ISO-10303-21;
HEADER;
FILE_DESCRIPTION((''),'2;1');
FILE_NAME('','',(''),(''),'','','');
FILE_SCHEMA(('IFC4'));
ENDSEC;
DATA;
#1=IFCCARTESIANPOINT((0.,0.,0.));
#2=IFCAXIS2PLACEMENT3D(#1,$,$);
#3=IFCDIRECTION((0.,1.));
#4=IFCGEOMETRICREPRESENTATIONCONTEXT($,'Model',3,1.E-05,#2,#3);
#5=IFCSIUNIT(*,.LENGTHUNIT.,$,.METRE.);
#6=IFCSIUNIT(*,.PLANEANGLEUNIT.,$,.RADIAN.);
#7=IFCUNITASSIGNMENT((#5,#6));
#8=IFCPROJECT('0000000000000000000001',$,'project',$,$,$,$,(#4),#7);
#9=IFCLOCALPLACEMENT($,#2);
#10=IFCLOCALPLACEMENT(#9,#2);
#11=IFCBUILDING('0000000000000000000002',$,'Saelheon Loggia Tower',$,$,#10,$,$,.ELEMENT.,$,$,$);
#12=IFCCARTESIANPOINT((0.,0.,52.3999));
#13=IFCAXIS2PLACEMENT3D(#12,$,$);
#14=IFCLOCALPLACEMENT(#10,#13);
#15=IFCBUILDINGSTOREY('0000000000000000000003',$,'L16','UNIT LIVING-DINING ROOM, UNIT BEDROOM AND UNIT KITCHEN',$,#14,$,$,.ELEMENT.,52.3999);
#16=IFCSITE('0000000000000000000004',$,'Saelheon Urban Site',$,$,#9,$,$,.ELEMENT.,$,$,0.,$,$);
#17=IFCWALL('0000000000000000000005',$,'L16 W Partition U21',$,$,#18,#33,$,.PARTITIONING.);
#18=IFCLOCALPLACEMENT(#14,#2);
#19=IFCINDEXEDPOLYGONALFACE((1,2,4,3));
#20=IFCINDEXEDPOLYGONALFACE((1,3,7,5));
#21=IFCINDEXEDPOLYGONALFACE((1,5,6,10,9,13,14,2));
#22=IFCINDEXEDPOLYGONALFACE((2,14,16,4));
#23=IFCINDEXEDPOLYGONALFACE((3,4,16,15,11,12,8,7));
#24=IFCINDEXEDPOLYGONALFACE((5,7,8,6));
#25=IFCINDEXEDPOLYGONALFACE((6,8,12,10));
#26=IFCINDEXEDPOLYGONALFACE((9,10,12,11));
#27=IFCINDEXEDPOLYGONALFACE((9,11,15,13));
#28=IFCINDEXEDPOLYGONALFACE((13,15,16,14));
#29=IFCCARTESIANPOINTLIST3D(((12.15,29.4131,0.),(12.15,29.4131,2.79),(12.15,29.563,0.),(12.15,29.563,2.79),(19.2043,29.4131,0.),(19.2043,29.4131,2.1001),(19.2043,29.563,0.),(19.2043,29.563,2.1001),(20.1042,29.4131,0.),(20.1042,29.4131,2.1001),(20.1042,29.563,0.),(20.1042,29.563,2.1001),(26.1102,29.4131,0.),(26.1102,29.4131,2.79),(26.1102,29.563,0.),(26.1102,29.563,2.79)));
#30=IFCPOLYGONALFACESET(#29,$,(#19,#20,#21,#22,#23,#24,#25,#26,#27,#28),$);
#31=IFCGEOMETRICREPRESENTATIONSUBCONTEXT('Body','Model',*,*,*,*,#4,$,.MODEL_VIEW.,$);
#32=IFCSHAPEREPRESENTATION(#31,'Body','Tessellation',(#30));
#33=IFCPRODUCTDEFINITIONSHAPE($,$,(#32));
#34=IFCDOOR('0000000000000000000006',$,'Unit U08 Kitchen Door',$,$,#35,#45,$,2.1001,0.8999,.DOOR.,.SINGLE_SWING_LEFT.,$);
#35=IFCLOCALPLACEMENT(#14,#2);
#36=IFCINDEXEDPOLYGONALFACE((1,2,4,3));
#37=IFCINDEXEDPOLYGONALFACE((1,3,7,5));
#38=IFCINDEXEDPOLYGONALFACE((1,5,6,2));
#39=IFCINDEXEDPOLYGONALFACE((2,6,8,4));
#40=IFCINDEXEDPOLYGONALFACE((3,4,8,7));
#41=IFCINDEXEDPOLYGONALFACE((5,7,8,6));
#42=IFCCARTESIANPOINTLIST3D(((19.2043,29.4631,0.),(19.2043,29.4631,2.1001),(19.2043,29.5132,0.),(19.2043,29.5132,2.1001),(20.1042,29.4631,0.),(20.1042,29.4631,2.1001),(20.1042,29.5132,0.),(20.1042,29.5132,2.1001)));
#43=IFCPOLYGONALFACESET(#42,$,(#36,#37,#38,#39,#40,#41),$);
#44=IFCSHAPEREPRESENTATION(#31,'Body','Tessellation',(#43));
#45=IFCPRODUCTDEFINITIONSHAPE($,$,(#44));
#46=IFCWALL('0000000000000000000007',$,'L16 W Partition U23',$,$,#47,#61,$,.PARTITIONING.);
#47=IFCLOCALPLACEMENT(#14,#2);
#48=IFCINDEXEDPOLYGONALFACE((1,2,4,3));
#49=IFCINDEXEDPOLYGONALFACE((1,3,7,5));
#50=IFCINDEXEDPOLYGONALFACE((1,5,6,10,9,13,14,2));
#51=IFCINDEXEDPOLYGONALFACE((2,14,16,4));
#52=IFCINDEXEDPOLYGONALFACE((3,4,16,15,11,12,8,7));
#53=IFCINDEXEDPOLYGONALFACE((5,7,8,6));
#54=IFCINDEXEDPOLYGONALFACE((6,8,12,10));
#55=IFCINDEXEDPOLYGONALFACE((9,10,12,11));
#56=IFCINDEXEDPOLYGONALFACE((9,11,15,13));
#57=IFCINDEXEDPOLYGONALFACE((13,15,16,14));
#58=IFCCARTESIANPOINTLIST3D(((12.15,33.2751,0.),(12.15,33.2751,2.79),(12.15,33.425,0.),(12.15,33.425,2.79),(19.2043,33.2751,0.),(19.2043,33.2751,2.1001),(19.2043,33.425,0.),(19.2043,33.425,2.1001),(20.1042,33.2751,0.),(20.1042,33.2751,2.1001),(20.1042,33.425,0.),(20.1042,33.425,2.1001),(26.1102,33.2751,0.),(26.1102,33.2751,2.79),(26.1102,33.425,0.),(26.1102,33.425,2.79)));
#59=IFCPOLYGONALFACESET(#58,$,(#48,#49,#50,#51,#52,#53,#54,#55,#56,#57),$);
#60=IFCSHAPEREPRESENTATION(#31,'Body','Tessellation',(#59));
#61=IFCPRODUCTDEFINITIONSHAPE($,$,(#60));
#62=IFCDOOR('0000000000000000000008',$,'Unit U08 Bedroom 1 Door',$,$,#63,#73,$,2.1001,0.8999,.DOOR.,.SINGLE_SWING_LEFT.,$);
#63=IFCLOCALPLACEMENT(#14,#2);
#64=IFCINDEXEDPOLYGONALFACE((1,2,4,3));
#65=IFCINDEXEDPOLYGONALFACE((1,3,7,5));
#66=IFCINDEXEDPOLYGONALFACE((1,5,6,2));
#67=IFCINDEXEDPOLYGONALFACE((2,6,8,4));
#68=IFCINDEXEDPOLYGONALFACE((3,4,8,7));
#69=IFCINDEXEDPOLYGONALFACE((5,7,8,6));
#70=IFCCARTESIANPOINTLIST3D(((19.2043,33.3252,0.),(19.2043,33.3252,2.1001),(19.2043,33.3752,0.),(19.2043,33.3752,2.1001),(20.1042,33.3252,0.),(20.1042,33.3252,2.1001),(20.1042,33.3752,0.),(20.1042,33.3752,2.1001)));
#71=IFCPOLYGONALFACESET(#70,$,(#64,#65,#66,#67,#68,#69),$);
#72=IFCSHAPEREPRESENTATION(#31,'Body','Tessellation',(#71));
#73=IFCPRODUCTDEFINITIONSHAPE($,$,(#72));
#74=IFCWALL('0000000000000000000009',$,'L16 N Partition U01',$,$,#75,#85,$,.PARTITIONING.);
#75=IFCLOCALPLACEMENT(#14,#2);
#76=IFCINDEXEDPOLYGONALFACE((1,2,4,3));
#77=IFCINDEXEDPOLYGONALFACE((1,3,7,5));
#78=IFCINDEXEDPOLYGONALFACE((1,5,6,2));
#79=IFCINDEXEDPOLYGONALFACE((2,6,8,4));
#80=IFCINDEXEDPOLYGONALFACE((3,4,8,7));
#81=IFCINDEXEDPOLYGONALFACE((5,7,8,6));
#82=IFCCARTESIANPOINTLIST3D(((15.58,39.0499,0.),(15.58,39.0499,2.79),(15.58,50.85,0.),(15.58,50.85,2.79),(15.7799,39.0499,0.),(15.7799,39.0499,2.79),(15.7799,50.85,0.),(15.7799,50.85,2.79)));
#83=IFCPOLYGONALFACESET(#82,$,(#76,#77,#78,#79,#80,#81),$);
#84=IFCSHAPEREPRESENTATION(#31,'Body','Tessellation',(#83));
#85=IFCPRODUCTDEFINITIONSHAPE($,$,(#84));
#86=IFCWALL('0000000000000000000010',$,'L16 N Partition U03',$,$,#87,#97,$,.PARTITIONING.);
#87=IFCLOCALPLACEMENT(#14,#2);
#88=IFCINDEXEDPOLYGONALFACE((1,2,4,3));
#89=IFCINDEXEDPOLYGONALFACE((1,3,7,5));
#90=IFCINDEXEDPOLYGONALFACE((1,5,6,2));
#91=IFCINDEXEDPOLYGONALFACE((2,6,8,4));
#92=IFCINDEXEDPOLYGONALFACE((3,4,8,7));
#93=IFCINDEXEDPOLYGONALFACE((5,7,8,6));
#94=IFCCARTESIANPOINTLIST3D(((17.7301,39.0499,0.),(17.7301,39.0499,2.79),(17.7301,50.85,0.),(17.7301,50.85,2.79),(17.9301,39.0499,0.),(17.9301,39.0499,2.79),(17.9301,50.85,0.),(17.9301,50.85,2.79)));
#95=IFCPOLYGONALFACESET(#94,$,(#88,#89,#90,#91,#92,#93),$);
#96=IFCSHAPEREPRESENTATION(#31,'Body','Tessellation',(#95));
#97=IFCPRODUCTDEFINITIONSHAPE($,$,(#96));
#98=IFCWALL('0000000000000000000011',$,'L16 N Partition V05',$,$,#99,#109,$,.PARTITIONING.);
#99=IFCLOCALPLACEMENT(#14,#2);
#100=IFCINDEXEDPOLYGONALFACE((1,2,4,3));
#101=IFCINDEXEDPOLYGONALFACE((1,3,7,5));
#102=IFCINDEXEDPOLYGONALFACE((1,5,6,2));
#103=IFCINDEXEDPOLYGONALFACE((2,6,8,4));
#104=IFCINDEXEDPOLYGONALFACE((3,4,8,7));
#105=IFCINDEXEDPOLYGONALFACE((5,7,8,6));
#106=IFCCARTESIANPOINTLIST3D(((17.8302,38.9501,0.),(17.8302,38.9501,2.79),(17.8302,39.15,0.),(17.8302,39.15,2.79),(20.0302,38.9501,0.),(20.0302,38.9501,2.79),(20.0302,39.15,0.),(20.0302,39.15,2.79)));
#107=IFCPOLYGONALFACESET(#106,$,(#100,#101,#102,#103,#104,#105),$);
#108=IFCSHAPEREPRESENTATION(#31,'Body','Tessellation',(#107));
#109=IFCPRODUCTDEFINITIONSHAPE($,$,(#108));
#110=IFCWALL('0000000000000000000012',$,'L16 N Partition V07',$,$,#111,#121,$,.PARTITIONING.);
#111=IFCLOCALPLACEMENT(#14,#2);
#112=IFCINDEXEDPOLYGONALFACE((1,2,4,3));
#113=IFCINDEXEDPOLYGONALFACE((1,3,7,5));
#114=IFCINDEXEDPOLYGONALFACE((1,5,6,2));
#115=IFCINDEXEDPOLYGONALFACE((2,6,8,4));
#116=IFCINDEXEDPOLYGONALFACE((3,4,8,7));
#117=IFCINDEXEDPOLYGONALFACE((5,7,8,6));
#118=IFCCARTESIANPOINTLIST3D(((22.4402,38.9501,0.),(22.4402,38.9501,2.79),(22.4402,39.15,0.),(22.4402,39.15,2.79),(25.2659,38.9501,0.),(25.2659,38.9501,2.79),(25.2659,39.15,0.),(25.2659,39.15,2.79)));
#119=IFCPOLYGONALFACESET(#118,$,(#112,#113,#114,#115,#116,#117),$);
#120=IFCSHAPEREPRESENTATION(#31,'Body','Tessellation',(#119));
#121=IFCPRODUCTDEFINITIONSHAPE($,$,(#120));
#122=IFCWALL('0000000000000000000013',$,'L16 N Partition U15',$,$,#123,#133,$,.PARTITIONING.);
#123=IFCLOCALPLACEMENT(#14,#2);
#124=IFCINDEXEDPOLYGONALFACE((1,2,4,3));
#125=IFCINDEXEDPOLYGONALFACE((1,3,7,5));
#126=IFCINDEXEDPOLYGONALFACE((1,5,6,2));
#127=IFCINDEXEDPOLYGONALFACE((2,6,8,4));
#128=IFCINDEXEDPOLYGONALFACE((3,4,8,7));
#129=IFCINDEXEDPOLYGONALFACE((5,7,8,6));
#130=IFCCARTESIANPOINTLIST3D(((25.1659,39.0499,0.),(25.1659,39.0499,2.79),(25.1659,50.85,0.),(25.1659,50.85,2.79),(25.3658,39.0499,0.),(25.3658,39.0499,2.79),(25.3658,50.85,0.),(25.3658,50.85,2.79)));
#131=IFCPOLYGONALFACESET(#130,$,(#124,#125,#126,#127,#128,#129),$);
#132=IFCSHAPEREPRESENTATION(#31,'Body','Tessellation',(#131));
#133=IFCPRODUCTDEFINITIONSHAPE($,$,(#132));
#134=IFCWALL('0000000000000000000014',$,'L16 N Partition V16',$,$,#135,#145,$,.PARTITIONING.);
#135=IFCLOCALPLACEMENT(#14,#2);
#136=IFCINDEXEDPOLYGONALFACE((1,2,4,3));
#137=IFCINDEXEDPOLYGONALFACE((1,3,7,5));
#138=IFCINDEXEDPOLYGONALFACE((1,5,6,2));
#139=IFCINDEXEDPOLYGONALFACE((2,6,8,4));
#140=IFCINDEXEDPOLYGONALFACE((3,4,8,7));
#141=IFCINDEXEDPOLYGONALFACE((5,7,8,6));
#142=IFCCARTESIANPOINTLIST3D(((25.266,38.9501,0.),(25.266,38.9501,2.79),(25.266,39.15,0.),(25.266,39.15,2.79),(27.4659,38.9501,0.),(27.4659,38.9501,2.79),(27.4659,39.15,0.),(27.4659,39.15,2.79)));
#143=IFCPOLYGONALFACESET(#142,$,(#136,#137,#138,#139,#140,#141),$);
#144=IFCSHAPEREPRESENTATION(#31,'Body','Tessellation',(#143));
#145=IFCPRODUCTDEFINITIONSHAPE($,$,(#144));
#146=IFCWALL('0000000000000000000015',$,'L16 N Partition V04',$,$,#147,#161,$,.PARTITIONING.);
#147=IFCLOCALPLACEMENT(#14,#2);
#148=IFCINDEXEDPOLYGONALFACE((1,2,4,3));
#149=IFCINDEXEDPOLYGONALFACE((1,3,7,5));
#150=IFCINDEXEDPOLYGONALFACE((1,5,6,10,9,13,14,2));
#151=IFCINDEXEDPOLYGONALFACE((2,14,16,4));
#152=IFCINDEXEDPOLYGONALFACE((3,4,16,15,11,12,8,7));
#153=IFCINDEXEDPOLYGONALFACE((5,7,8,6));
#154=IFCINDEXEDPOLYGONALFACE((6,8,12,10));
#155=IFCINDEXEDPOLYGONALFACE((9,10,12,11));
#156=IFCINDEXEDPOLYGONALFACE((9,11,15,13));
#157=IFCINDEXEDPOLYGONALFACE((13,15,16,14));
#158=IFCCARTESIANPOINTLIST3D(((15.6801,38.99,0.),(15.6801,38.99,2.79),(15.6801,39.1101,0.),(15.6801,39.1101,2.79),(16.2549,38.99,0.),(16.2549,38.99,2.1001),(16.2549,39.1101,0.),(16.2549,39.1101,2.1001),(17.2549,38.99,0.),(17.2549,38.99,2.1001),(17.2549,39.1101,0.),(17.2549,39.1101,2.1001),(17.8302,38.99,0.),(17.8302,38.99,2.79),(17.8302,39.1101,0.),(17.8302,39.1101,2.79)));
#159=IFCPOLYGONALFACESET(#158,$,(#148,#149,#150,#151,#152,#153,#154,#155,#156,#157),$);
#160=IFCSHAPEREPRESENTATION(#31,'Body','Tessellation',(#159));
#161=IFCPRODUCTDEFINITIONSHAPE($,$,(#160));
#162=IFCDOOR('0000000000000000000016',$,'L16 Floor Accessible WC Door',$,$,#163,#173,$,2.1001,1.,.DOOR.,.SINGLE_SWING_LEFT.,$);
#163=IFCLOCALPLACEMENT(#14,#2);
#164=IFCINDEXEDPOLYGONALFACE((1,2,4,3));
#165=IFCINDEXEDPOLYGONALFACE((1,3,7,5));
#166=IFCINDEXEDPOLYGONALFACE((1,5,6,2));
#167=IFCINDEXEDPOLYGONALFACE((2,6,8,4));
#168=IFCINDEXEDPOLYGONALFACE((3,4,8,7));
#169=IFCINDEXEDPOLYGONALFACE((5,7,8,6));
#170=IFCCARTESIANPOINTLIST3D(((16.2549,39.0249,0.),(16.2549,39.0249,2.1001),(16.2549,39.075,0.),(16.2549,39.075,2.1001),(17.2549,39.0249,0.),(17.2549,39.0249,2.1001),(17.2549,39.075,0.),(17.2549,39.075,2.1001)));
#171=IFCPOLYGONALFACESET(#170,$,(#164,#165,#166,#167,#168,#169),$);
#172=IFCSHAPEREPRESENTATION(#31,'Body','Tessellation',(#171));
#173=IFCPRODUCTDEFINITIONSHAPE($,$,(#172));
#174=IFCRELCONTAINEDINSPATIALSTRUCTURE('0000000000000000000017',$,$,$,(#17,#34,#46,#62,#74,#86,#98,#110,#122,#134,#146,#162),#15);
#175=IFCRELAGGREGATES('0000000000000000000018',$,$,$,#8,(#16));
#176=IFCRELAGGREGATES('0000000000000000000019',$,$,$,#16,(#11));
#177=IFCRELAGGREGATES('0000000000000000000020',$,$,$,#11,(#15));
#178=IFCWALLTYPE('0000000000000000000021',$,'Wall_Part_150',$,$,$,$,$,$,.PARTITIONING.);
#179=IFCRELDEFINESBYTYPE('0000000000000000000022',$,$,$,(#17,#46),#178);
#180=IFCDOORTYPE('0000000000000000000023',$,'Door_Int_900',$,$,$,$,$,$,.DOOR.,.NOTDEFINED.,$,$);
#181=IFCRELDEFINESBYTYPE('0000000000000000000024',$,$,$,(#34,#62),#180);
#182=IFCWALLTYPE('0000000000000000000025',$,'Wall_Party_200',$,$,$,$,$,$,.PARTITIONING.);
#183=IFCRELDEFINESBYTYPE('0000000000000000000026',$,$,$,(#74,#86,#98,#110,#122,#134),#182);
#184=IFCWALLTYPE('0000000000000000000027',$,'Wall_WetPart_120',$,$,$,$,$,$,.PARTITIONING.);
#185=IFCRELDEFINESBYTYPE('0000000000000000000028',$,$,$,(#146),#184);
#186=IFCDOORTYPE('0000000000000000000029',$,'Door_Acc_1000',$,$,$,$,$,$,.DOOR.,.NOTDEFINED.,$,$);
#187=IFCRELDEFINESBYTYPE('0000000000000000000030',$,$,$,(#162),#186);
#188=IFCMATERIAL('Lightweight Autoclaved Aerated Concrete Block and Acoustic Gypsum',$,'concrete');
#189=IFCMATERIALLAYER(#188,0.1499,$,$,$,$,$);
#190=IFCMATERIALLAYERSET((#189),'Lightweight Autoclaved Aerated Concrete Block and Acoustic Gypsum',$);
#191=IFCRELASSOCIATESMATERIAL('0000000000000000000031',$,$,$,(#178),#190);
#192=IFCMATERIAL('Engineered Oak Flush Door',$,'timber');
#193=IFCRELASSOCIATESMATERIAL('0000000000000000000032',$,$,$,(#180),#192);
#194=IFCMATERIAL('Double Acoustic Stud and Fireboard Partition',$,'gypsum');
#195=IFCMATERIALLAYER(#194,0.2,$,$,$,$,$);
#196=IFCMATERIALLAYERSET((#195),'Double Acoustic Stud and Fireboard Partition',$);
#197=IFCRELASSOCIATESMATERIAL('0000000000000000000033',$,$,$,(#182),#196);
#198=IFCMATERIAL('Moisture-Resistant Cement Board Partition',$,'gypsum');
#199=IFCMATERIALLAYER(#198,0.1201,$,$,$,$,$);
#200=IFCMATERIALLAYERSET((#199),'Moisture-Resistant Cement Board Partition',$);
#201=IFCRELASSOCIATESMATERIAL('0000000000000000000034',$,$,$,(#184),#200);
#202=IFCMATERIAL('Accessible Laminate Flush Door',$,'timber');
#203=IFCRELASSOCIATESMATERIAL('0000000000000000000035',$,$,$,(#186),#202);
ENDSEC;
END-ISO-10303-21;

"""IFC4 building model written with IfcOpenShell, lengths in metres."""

from ifc_helpers import new_model, si_unit, direction, frame, frame_2d, origin, place, context, subcontext, project, spatial, rectangle, extrude, source, transform, mapped, material, layer, layer_set, type_object, element, fill, save


model = new_model("IFC4")

# Units and contexts
model_context = context("Model", 3, precision=1e-05, world=origin(), true_north=direction((0.0, 1.0)))
body_context = subcontext(model_context, "Body", "Model", "MODEL_VIEW")
ifc_project = project(units=[si_unit("LENGTHUNIT", "METRE"), si_unit("PLANEANGLEUNIT", "RADIAN")], contexts=[model_context])

# Site, building, storey
site_placement = place(None, origin())
site = spatial("IfcSite", under=ifc_project, at=site_placement, Name="Saelheon Urban Site", CompositionType="ELEMENT", RefElevation=0.0)
building_placement = place(site_placement, origin())
building = spatial("IfcBuilding", under=site, at=building_placement, Name="Saelheon Loggia Tower", CompositionType="ELEMENT")
storey_placement = place(building_placement, frame((0.0, 0.0, 52.3999)))
storey = spatial("IfcBuildingStorey", under=building, at=storey_placement, Name="L16", Description="UNIT LIVING-DINING ROOM, UNIT BEDROOM AND UNIT KITCHEN", CompositionType="ELEMENT", Elevation=52.3999)

# Shared definitions
ifc_material_1 = material(Name="Lightweight Autoclaved Aerated Concrete Block and Acoustic Gypsum", Category="concrete")
ifc_layer_1 = layer(ifc_material_1, 0.1499)
ifc_layer_set_1 = layer_set([ifc_layer_1], Name="Lightweight Autoclaved Aerated Concrete Block and Acoustic Gypsum")
wall_type_1 = type_object("IfcWallType", Name="Wall_Part_150", PredefinedType="PARTITIONING", material=ifc_layer_set_1)
ifc_material_2 = material(Name="Engineered Oak Flush Door", Category="timber")
door_type_1 = type_object("IfcDoorType", Name="Door_Int_900", OperationType="NOTDEFINED", PredefinedType="DOOR", material=ifc_material_2)
shared_shape_1 = source(origin(), body_context, "Body", "SweptSolid", [
    extrude(rectangle(XDim=0.8999, YDim=2.1001, at=frame_2d((0.45, 1.05))), frame((0.0, 0.0249, 0.0), z_axis=(0.0, -1.0, 0.0), x_axis=(1.0, 0.0, 0.0)), (0.0, 0.0, 1.0), 0.05),
])

# Walls, openings, doors
wall_1_placement = place(storey_placement, frame((26.1101, 29.488, 0.0), z_axis=(0.0, 0.0, 1.0), x_axis=(-1.0, 0.0, 0.0)))
wall_1 = element("IfcWall", 1, at=wall_1_placement, inside=storey, type_object=wall_type_1, Name="L16 W Partition U21", PredefinedType="PARTITIONING", context=body_context, shape_type="SweptSolid", body=[
    extrude(rectangle(XDim=13.9602, YDim=0.1499, at=frame_2d((6.98, 0.0))), origin(), (0.0, 0.0, 1.0), 2.79),
])
opening_1_placement = place(wall_1_placement, frame((6.0059, 0.0, 0.0)))
opening_1 = element("IfcOpeningElement", 2, at=opening_1_placement, cuts=wall_1, PredefinedType="OPENING", context=body_context, shape_type="SweptSolid", body=[
    extrude(rectangle(XDim=0.8999, YDim=2.1001, at=frame_2d((0.45, 1.05))), frame((0.0, 0.0869, 0.0), z_axis=(0.0, -1.0, 0.0), x_axis=(1.0, 0.0, 0.0)), (0.0, 0.0, 1.0), 0.1738),
])
door_1_placement = place(opening_1_placement, origin())
door_1 = element("IfcDoor", 3, at=door_1_placement, inside=storey, type_object=door_type_1, Name="Unit U08 Kitchen Door", OperationType="SINGLE_SWING_LEFT", OverallHeight=2.1001, OverallWidth=0.8999, PredefinedType="DOOR", context=body_context, shape_type="MappedRepresentation", body=[
    mapped(shared_shape_1, transform((0.0, 0.0, 0.0), scale=1.0)),
])
fill(opening_1, door_1)
wall_2_placement = place(storey_placement, frame((26.1101, 33.3501, 0.0), z_axis=(0.0, 0.0, 1.0), x_axis=(-1.0, 0.0, 0.0)))
wall_2 = element("IfcWall", 4, at=wall_2_placement, inside=storey, type_object=wall_type_1, Name="L16 W Partition U23", PredefinedType="PARTITIONING", context=body_context, shape_type="SweptSolid", body=[
    extrude(rectangle(XDim=13.9602, YDim=0.1499, at=frame_2d((6.98, 0.0))), origin(), (0.0, 0.0, 1.0), 2.79),
])
opening_2_placement = place(wall_2_placement, frame((6.0059, 0.0, 0.0)))
opening_2 = element("IfcOpeningElement", 5, at=opening_2_placement, cuts=wall_2, PredefinedType="OPENING", context=body_context, shape_type="SweptSolid", body=[
    extrude(rectangle(XDim=0.8999, YDim=2.1001, at=frame_2d((0.45, 1.05))), frame((0.0, 0.0869, 0.0), z_axis=(0.0, -1.0, 0.0), x_axis=(1.0, 0.0, 0.0)), (0.0, 0.0, 1.0), 0.1738),
])
door_2_placement = place(opening_2_placement, origin())
door_2 = element("IfcDoor", 6, at=door_2_placement, inside=storey, type_object=door_type_1, Name="Unit U08 Bedroom 1 Door", OperationType="SINGLE_SWING_LEFT", OverallHeight=2.1001, OverallWidth=0.8999, PredefinedType="DOOR", context=body_context, shape_type="MappedRepresentation", body=[
    mapped(shared_shape_1, transform((0.0, 0.0, 0.0), scale=1.0)),
])
fill(opening_2, door_2)

# Walls
ifc_material_3 = material(Name="Double Acoustic Stud and Fireboard Partition", Category="gypsum")
ifc_layer_2 = layer(ifc_material_3, 0.2)
ifc_layer_set_2 = layer_set([ifc_layer_2], Name="Double Acoustic Stud and Fireboard Partition")
wall_type_2 = type_object("IfcWallType", Name="Wall_Party_200", PredefinedType="PARTITIONING", material=ifc_layer_set_2)
for number, where, z_axis, x_axis, name in (
    (7, (15.6799, 39.05, 0.0), (0.0, 0.0, 1.0), (0.0, 1.0, 0.0), "L16 N Partition U01"),
    (8, (17.8301, 39.05, 0.0), (0.0, 0.0, 1.0), (0.0, 1.0, 0.0), "L16 N Partition U03"),
):
    element("IfcWall", number, at=place(storey_placement, frame(where, z_axis=z_axis, x_axis=x_axis)), inside=storey, type_object=wall_type_2, Name=name, PredefinedType="PARTITIONING", context=body_context, shape_type="SweptSolid", body=[
        extrude(rectangle(XDim=11.8, YDim=0.2, at=frame_2d((5.8999, 0.0))), origin(), (0.0, 0.0, 1.0), 2.79),
    ])
wall_3_placement = place(storey_placement, frame((17.8301, 39.05, 0.0), z_axis=(0.0, 0.0, 1.0), x_axis=(1.0, 0.0, 0.0)))
element("IfcWall", 9, at=wall_3_placement, inside=storey, type_object=wall_type_2, Name="L16 N Partition V05", PredefinedType="PARTITIONING", context=body_context, shape_type="SweptSolid", body=[
    extrude(rectangle(XDim=2.2, YDim=0.2, at=frame_2d((1.1001, 0.0))), origin(), (0.0, 0.0, 1.0), 2.79),
])

# Walls
wall_4_placement = place(storey_placement, frame((22.4402, 39.05, 0.0), z_axis=(0.0, 0.0, 1.0), x_axis=(1.0, 0.0, 0.0)))
element("IfcWall", 10, at=wall_4_placement, inside=storey, type_object=wall_type_2, Name="L16 N Partition V07", PredefinedType="PARTITIONING", context=body_context, shape_type="SweptSolid", body=[
    extrude(rectangle(XDim=2.8257, YDim=0.2, at=frame_2d((1.4128, 0.0))), origin(), (0.0, 0.0, 1.0), 2.79),
])
wall_5_placement = place(storey_placement, frame((25.2659, 39.05, 0.0), z_axis=(0.0, 0.0, 1.0), x_axis=(0.0, 1.0, 0.0)))
element("IfcWall", 11, at=wall_5_placement, inside=storey, type_object=wall_type_2, Name="L16 N Partition U15", PredefinedType="PARTITIONING", context=body_context, shape_type="SweptSolid", body=[
    extrude(rectangle(XDim=11.8, YDim=0.2, at=frame_2d((5.8999, 0.0))), origin(), (0.0, 0.0, 1.0), 2.79),
])
wall_6_placement = place(storey_placement, frame((25.2659, 39.05, 0.0), z_axis=(0.0, 0.0, 1.0), x_axis=(1.0, 0.0, 0.0)))
element("IfcWall", 12, at=wall_6_placement, inside=storey, type_object=wall_type_2, Name="L16 N Partition V16", PredefinedType="PARTITIONING", context=body_context, shape_type="SweptSolid", body=[
    extrude(rectangle(XDim=2.2, YDim=0.2, at=frame_2d((1.1001, 0.0))), origin(), (0.0, 0.0, 1.0), 2.79),
])

# Wall, opening, door
ifc_material_4 = material(Name="Moisture-Resistant Cement Board Partition", Category="gypsum")
ifc_layer_3 = layer(ifc_material_4, 0.1201)
ifc_layer_set_3 = layer_set([ifc_layer_3], Name="Moisture-Resistant Cement Board Partition")
wall_type_3 = type_object("IfcWallType", Name="Wall_WetPart_120", PredefinedType="PARTITIONING", material=ifc_layer_set_3)
wall_7_placement = place(storey_placement, frame((15.6799, 39.05, 0.0), z_axis=(0.0, 0.0, 1.0), x_axis=(1.0, 0.0, 0.0)))
wall_7 = element("IfcWall", 13, at=wall_7_placement, inside=storey, type_object=wall_type_3, Name="L16 N Partition V04", PredefinedType="PARTITIONING", context=body_context, shape_type="SweptSolid", body=[
    extrude(rectangle(XDim=2.1501, YDim=0.1201, at=frame_2d((1.0752, 0.0))), origin(), (0.0, 0.0, 1.0), 2.79),
])
opening_3_placement = place(wall_7_placement, frame((0.575, 0.0, 0.0)))
opening_3 = element("IfcOpeningElement", 14, at=opening_3_placement, cuts=wall_7, PredefinedType="OPENING", context=body_context, shape_type="SweptSolid", body=[
    extrude(rectangle(XDim=1.0, YDim=2.1001, at=frame_2d((0.5, 1.05))), frame((0.0, 0.072, 0.0), z_axis=(0.0, -1.0, 0.0), x_axis=(1.0, 0.0, 0.0)), (0.0, 0.0, 1.0), 0.144),
])
ifc_material_5 = material(Name="Accessible Laminate Flush Door", Category="timber")
door_type_2 = type_object("IfcDoorType", Name="Door_Acc_1000", OperationType="NOTDEFINED", PredefinedType="DOOR", material=ifc_material_5)
shared_shape_2 = source(origin(), body_context, "Body", "SweptSolid", [
    extrude(rectangle(XDim=1.0, YDim=2.1001, at=frame_2d((0.5, 1.05))), frame((0.0, 0.0249, 0.0), z_axis=(0.0, -1.0, 0.0), x_axis=(1.0, 0.0, 0.0)), (0.0, 0.0, 1.0), 0.05),
])
door_3_placement = place(opening_3_placement, origin())
door_3 = element("IfcDoor", 15, at=door_3_placement, inside=storey, type_object=door_type_2, Name="L16 Floor Accessible WC Door", OperationType="SINGLE_SWING_LEFT", OverallHeight=2.1001, OverallWidth=1.0, PredefinedType="DOOR", context=body_context, shape_type="MappedRepresentation", body=[
    mapped(shared_shape_2, transform((0.0, 0.0, 0.0), scale=1.0)),
])
fill(opening_3, door_3)

save(model, "model.ifc")
